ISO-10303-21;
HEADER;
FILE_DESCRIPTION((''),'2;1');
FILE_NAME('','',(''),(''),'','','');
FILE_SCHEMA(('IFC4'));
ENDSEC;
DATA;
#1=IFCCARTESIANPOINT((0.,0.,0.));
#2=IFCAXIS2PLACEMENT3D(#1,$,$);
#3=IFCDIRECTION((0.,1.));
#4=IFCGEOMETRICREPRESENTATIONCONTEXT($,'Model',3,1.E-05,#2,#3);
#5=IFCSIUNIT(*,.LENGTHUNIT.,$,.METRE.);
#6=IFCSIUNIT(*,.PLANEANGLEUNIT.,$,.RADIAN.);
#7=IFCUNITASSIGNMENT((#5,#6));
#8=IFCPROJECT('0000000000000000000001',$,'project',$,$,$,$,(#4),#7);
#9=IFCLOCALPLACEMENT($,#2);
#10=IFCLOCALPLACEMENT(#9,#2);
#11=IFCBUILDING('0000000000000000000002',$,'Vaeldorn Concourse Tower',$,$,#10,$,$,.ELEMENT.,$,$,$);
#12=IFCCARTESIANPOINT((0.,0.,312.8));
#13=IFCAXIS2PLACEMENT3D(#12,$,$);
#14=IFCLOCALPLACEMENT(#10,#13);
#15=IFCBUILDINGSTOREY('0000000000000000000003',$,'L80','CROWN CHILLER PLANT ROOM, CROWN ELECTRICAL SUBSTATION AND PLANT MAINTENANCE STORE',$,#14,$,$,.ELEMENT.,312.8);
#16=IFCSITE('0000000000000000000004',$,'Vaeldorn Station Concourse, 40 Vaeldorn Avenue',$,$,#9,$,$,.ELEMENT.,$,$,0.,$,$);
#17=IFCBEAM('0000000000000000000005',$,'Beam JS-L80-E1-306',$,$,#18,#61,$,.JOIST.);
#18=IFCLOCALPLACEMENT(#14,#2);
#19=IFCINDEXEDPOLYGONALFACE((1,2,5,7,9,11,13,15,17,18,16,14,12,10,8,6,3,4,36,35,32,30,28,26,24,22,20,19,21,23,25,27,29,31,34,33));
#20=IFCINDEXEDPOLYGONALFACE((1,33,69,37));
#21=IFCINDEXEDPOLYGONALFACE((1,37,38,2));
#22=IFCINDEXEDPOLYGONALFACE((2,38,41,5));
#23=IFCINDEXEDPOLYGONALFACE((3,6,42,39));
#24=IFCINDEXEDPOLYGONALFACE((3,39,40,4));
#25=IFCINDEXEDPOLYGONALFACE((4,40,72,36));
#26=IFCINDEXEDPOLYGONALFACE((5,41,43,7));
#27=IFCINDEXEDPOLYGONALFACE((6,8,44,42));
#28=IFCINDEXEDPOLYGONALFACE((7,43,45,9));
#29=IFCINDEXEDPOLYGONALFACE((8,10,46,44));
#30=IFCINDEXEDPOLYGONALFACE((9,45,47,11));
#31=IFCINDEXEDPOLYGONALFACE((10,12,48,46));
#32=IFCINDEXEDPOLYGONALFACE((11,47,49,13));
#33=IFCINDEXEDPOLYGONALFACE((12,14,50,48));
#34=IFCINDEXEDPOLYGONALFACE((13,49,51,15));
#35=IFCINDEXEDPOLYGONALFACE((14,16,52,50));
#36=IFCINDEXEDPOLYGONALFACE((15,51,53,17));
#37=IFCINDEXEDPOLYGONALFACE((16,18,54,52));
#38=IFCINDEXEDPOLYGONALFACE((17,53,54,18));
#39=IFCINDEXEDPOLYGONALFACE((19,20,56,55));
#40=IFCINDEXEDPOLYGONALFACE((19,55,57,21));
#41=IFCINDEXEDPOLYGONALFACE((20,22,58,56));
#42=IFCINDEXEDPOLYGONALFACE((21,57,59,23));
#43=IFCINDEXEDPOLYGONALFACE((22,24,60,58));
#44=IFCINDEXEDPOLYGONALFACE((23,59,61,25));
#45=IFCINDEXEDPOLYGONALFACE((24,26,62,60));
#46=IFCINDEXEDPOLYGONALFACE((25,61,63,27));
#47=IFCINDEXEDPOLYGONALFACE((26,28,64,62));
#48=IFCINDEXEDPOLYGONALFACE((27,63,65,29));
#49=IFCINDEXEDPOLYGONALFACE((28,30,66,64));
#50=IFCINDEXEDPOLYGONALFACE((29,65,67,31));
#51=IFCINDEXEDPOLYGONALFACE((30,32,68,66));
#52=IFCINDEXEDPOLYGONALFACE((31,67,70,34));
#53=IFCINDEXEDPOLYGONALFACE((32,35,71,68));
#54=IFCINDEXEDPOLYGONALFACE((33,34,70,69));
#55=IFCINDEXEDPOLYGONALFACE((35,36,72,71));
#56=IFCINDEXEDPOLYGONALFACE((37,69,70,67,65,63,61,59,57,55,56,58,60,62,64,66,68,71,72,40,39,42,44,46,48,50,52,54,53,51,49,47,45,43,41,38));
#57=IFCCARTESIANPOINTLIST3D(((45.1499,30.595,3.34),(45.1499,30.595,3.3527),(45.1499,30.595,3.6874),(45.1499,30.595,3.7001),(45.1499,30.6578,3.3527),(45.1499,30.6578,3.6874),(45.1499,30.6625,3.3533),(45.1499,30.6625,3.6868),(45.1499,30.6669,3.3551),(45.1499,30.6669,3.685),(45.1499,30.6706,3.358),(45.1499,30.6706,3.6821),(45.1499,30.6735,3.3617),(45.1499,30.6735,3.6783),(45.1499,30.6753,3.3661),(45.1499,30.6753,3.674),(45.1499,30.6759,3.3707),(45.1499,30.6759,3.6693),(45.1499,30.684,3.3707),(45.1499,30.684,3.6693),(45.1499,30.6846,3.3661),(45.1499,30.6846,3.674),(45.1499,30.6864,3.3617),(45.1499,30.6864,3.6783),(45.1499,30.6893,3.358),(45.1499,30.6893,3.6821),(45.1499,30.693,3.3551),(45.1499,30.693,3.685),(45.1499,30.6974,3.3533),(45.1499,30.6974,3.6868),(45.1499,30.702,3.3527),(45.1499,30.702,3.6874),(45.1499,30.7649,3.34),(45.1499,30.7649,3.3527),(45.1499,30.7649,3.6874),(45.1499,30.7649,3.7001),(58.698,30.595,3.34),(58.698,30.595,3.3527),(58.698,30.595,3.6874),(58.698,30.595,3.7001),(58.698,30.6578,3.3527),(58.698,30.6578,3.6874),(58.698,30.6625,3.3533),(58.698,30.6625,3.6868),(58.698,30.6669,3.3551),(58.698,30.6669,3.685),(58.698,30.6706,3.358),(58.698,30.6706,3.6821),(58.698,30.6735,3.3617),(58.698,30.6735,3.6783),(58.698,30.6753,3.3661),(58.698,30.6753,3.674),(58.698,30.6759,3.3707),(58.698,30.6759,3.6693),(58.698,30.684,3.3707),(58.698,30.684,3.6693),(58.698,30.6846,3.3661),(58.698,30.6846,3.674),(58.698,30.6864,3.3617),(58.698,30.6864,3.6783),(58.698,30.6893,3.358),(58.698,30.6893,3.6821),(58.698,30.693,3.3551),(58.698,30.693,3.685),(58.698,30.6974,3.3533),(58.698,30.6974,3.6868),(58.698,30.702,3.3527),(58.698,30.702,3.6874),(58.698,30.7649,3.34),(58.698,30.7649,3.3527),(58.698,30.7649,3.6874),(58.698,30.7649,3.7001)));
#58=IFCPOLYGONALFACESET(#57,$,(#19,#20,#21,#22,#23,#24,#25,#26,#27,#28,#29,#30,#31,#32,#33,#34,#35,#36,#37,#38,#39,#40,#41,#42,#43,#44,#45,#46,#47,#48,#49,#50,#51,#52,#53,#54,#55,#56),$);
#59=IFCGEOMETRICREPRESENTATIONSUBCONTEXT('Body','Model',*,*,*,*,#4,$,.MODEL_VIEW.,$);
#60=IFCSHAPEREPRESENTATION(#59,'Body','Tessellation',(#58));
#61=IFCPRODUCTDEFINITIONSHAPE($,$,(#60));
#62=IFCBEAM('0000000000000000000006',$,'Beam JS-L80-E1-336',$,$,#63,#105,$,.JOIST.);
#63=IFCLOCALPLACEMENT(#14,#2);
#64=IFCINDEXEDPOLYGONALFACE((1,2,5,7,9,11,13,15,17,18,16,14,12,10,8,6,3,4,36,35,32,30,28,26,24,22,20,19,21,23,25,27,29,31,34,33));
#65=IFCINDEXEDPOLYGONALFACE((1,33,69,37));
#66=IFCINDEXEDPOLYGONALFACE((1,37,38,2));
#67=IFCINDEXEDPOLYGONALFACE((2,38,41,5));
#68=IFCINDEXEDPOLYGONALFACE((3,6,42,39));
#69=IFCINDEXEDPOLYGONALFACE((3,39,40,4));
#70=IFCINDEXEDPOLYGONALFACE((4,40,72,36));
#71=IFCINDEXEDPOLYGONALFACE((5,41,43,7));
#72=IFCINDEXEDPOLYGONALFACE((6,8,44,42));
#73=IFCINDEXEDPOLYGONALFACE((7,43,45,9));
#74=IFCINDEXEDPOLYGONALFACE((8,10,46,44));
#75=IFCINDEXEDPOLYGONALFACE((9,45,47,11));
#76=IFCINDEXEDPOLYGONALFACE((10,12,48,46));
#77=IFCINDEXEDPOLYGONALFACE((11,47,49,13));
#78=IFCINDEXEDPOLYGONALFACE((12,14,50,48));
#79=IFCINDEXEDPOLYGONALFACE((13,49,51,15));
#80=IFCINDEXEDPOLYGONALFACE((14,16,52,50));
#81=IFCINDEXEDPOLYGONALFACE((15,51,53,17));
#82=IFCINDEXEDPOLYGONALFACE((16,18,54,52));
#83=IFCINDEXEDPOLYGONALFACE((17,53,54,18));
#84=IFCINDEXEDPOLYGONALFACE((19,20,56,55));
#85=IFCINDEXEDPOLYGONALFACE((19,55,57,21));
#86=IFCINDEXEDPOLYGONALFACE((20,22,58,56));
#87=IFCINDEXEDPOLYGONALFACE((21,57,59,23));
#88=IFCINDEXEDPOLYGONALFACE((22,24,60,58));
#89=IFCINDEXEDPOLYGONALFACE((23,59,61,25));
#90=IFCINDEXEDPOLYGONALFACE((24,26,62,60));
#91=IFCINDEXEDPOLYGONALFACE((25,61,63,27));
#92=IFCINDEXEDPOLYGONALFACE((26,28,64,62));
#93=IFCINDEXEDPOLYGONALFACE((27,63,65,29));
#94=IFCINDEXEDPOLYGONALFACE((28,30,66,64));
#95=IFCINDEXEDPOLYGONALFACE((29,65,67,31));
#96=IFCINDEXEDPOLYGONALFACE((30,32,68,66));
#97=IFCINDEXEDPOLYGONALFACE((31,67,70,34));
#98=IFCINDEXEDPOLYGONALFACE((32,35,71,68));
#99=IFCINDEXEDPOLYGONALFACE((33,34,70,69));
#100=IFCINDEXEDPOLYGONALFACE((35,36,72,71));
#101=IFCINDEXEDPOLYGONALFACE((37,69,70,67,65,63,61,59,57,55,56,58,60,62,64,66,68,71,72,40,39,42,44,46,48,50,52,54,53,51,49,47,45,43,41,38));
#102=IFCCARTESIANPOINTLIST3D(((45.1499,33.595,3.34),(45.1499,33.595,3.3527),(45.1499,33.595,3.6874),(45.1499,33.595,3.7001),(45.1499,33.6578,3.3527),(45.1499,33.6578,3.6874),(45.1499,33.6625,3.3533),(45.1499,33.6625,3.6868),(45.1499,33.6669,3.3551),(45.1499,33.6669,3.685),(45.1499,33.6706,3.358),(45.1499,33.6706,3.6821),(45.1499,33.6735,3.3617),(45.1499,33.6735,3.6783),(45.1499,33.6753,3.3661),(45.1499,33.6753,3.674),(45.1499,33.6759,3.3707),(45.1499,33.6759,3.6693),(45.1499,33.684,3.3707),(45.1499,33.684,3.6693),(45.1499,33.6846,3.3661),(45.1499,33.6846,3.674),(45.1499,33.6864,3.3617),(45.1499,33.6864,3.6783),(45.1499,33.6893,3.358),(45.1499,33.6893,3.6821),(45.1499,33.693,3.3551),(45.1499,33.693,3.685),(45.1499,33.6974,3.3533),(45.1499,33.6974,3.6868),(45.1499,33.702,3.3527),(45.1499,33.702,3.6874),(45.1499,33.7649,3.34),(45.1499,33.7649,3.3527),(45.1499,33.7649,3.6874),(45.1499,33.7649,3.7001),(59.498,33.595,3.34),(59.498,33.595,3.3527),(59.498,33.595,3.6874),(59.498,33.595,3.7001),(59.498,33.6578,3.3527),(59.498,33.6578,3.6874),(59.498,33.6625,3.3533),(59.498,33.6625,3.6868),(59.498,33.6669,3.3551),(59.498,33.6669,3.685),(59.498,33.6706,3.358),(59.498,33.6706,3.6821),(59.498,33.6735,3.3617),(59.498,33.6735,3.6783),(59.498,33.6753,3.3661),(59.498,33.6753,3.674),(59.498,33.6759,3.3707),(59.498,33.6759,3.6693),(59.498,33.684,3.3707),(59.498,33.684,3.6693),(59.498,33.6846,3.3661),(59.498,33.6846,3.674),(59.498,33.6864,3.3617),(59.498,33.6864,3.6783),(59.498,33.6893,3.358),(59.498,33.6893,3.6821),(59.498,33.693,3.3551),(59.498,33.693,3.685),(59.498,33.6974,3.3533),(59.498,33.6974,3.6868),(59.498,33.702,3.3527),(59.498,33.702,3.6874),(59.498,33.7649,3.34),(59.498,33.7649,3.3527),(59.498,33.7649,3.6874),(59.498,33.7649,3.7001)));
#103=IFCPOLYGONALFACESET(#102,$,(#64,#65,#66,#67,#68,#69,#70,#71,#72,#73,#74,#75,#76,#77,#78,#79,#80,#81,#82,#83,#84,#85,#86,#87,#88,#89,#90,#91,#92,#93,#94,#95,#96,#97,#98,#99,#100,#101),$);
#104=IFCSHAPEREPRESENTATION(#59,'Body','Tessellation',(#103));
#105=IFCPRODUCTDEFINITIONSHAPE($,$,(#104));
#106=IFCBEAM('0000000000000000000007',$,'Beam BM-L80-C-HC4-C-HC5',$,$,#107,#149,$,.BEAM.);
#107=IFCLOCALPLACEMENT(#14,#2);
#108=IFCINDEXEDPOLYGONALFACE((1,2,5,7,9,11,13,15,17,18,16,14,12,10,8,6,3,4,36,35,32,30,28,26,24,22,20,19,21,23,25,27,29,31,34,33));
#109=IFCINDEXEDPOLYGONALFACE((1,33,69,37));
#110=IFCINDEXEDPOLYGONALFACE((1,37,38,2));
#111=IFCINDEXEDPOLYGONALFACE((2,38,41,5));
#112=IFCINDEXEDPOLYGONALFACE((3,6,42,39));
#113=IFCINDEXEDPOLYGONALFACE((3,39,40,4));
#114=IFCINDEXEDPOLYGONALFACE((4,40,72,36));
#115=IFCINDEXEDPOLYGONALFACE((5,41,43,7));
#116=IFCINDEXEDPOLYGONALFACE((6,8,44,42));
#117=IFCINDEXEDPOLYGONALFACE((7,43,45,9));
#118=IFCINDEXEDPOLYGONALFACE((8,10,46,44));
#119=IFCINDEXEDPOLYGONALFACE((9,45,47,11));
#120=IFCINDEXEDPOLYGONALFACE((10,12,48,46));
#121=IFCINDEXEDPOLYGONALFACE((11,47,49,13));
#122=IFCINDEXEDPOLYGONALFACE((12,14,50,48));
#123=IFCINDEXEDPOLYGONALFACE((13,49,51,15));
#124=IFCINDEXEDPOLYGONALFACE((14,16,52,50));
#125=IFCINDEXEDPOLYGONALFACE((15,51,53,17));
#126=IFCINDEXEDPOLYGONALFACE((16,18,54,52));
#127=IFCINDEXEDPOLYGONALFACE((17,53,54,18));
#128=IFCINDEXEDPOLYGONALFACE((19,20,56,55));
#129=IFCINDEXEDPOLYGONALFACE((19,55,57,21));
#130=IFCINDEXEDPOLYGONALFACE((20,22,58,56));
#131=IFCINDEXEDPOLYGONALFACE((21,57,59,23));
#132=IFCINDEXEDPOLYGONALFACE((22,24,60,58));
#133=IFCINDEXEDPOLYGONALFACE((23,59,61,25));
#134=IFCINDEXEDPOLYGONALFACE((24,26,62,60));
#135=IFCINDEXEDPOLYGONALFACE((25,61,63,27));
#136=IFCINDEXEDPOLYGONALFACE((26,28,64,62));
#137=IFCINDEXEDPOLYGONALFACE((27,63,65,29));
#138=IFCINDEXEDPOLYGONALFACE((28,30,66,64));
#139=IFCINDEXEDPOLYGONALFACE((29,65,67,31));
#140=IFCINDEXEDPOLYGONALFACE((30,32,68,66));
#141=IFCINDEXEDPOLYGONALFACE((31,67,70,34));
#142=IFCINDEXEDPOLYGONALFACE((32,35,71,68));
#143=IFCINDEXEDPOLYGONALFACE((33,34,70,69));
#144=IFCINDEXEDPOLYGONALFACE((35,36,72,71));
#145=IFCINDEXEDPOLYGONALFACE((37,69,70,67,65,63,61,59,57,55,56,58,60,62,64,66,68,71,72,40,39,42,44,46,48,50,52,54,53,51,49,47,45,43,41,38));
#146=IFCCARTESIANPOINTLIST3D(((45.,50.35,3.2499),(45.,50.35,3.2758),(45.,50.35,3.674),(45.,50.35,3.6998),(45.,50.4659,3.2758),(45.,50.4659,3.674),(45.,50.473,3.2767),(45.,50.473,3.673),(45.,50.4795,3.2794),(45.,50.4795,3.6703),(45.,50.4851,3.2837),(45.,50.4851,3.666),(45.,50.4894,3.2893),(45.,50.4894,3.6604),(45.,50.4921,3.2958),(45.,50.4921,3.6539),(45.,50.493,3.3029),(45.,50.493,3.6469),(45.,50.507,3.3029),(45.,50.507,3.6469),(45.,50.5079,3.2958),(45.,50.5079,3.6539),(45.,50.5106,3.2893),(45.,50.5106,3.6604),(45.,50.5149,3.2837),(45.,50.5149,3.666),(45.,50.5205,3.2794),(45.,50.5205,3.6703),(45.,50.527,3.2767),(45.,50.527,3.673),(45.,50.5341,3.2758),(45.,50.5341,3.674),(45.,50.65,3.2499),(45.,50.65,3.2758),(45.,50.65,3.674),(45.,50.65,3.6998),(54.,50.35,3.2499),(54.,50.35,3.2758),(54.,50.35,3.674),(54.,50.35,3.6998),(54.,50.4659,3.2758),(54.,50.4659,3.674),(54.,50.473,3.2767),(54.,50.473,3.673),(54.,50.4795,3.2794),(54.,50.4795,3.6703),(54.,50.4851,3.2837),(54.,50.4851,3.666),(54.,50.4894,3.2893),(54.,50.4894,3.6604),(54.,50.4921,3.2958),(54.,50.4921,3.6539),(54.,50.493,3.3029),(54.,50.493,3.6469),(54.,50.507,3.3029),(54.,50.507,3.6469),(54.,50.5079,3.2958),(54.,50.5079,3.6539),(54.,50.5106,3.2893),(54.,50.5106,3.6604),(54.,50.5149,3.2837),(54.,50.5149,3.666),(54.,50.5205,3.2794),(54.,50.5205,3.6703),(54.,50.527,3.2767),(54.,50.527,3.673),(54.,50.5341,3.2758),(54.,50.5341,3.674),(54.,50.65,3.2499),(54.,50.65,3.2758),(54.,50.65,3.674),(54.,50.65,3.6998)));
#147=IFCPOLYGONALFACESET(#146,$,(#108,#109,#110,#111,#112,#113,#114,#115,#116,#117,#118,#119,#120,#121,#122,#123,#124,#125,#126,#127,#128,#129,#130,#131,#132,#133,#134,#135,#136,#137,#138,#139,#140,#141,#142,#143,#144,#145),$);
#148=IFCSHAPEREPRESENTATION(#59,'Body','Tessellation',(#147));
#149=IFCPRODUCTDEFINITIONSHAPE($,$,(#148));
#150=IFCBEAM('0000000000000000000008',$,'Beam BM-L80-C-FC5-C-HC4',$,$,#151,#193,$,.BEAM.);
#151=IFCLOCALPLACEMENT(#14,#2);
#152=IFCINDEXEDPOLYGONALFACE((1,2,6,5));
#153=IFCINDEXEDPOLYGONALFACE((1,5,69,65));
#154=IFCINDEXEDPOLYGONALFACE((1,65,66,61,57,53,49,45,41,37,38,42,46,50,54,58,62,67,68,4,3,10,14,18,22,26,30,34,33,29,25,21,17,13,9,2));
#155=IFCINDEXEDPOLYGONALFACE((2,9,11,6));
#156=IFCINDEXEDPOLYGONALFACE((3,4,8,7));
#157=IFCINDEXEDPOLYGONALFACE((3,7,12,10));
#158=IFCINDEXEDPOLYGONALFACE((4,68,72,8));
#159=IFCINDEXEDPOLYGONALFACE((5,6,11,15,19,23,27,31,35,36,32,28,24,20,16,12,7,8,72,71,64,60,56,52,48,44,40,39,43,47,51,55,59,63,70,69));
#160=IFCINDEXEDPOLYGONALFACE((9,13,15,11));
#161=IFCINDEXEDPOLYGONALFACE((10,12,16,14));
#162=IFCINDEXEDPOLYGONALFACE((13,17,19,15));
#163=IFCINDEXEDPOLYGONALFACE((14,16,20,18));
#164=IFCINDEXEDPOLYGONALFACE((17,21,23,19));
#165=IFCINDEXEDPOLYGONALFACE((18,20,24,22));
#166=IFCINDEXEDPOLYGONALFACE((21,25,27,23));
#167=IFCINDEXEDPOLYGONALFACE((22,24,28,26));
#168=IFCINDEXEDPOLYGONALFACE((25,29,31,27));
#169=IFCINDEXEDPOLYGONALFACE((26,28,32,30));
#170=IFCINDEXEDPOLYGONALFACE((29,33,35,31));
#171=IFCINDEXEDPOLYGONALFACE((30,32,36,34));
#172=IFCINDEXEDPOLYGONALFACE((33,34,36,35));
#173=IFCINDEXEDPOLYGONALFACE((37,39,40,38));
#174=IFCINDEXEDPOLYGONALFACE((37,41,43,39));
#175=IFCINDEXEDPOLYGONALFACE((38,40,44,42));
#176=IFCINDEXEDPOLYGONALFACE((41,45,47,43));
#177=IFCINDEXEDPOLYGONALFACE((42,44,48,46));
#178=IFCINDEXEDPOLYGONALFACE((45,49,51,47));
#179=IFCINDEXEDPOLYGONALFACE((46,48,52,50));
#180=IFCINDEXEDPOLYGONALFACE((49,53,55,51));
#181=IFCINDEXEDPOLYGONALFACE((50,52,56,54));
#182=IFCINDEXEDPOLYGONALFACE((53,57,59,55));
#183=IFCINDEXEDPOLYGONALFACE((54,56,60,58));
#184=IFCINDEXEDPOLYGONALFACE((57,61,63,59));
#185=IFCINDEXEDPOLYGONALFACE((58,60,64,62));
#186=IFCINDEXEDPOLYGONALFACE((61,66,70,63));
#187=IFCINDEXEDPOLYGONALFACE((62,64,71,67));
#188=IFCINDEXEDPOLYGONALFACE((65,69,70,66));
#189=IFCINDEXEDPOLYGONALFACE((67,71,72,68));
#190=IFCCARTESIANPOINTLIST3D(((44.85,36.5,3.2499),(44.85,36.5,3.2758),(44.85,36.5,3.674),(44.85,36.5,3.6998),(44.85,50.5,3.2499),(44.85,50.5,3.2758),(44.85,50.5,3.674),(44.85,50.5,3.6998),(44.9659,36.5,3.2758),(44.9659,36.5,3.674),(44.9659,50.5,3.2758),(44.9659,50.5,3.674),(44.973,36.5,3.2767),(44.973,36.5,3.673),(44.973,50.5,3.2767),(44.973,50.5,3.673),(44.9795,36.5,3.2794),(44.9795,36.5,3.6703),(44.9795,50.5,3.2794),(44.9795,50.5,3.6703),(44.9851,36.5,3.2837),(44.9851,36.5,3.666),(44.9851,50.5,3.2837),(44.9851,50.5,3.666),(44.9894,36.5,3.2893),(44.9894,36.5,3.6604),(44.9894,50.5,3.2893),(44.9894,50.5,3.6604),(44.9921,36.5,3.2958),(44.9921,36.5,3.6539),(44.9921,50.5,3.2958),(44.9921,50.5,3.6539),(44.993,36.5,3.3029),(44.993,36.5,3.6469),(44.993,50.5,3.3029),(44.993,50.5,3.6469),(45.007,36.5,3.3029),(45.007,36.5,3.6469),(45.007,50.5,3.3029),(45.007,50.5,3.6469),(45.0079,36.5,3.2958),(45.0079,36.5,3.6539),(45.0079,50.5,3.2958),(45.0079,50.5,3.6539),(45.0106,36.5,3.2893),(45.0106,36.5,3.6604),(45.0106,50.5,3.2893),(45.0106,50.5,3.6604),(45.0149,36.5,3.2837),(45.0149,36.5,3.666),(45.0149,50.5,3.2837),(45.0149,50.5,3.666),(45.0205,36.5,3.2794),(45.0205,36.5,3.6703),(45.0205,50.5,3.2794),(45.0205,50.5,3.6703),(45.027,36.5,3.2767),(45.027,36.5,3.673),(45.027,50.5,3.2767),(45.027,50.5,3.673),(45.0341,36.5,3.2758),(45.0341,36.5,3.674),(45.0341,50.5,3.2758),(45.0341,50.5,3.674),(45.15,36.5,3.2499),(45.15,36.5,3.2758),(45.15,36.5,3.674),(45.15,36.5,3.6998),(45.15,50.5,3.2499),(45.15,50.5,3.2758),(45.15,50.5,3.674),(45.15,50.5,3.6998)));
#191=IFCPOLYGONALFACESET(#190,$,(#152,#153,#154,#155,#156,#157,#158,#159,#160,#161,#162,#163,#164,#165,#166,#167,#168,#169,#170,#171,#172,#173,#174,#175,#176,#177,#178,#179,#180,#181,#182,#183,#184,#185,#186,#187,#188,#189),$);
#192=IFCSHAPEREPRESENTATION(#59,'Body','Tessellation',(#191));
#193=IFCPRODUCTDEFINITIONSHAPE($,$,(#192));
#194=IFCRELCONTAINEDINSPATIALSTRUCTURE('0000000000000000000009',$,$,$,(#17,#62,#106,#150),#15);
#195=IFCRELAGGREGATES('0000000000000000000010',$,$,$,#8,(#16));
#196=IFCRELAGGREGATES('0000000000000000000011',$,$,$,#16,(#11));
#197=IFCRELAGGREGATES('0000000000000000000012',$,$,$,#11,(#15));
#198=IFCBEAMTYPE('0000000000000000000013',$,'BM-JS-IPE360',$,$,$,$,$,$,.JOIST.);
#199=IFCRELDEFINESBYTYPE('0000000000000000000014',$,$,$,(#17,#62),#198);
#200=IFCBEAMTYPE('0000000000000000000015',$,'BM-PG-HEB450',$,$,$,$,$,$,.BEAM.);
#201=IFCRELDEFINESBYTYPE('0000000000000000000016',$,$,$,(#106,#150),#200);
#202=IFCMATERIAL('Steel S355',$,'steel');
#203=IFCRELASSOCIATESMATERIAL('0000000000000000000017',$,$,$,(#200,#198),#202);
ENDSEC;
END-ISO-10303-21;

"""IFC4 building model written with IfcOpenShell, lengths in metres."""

from ifc_helpers import new_model, si_unit, direction, frame, origin, origin_2d, place, context, subcontext, project, spatial, i_section, extrude, source, transform, mapped, material, material_profile, profile_set, type_object, element, save


model = new_model("IFC4")

# Units and contexts
model_context = context("Model", 3, precision=1e-05, world=origin(), true_north=direction((0.0, 1.0)))
body_context = subcontext(model_context, "Body", "Model", "MODEL_VIEW")
ifc_project = project(units=[si_unit("LENGTHUNIT", "METRE"), si_unit("PLANEANGLEUNIT", "RADIAN")], contexts=[model_context])

# Site, building, storey
site_placement = place(None, origin())
site = spatial("IfcSite", under=ifc_project, at=site_placement, Name="Vaeldorn Station Concourse, 40 Vaeldorn Avenue", CompositionType="ELEMENT", RefElevation=0.0)
building_placement = place(site_placement, origin())
building = spatial("IfcBuilding", under=site, at=building_placement, Name="Vaeldorn Concourse Tower", CompositionType="ELEMENT")
storey_placement = place(building_placement, frame((0.0, 0.0, 312.8)))
storey = spatial("IfcBuildingStorey", under=building, at=storey_placement, Name="L80", Description="CROWN CHILLER PLANT ROOM, CROWN ELECTRICAL SUBSTATION AND PLANT MAINTENANCE STORE", CompositionType="ELEMENT", Elevation=312.8)

# Shared definitions
ifc_material_1 = material(Name="Steel S355", Category="steel")

# Beams
ifc_material_profile_1 = material_profile(ifc_material_1, i_section(OverallWidth=0.3, OverallDepth=0.45, WebThickness=0.0139, FlangeThickness=0.0259, FilletRadius=0.0271, at=origin_2d()), Name="HEB 450")
ifc_profile_set_1 = profile_set([ifc_material_profile_1], Name="Steel S355")
beam_type_1 = type_object("IfcBeamType", Name="BM-PG-HEB450", PredefinedType="BEAM", material=ifc_profile_set_1)
ifc_material_profile_2 = material_profile(ifc_material_1, i_section(OverallWidth=0.1699, OverallDepth=0.3601, WebThickness=0.0081, FlangeThickness=0.0127, FilletRadius=0.0181, at=origin_2d()), Name="IPE 360")
ifc_profile_set_2 = profile_set([ifc_material_profile_2], Name="Steel S355")
beam_type_2 = type_object("IfcBeamType", Name="BM-JS-IPE360", PredefinedType="JOIST", material=ifc_profile_set_2)
shared_shape_1 = source(origin(), body_context, "Body", "SweptSolid", [
    extrude(i_section(OverallWidth=0.1699, OverallDepth=0.3601, WebThickness=0.0081, FlangeThickness=0.0127, FilletRadius=0.0181, at=origin_2d()), origin(), (0.0, 0.0, 1.0), 13.5481),
])
beam_1_placement = place(storey_placement, frame((45.1499, 30.6799, 3.52), z_axis=(1.0, 0.0, 0.0), x_axis=(0.0, 1.0, 0.0)))
element("IfcBeam", 1, at=beam_1_placement, inside=storey, type_object=beam_type_2, Name="Beam JS-L80-E1-306", PredefinedType="JOIST", context=body_context, shape_type="MappedRepresentation", body=[
    mapped(shared_shape_1, transform((0.0, 0.0, 0.0), scale=1.0)),
])
shared_shape_2 = source(origin(), body_context, "Body", "SweptSolid", [
    extrude(i_section(OverallWidth=0.1699, OverallDepth=0.3601, WebThickness=0.0081, FlangeThickness=0.0127, FilletRadius=0.0181, at=origin_2d()), origin(), (0.0, 0.0, 1.0), 14.3481),
])
beam_2_placement = place(storey_placement, frame((45.1499, 33.6799, 3.52), z_axis=(1.0, 0.0, 0.0), x_axis=(0.0, 1.0, 0.0)))
element("IfcBeam", 2, at=beam_2_placement, inside=storey, type_object=beam_type_2, Name="Beam JS-L80-E1-336", PredefinedType="JOIST", context=body_context, shape_type="MappedRepresentation", body=[
    mapped(shared_shape_2, transform((0.0, 0.0, 0.0), scale=1.0)),
])
shared_shape_3 = source(origin(), body_context, "Body", "SweptSolid", [
    extrude(i_section(OverallWidth=0.3, OverallDepth=0.45, WebThickness=0.0139, FlangeThickness=0.0259, FilletRadius=0.0271, at=origin_2d()), origin(), (0.0, 0.0, 1.0), 9.0),
])
beam_3_placement = place(storey_placement, frame((45.0, 50.5, 3.4749), z_axis=(1.0, 0.0, 0.0), x_axis=(0.0, 1.0, 0.0)))
element("IfcBeam", 3, at=beam_3_placement, inside=storey, type_object=beam_type_1, Name="Beam BM-L80-C-HC4-C-HC5", PredefinedType="BEAM", context=body_context, shape_type="MappedRepresentation", body=[
    mapped(shared_shape_3, transform((0.0, 0.0, 0.0), scale=1.0)),
])
shared_shape_4 = source(origin(), body_context, "Body", "SweptSolid", [
    extrude(i_section(OverallWidth=0.3, OverallDepth=0.45, WebThickness=0.0139, FlangeThickness=0.0259, FilletRadius=0.0271, at=origin_2d()), origin(), (0.0, 0.0, 1.0), 14.0),
])
beam_4_placement = place(storey_placement, frame((45.0, 36.5, 3.4749), z_axis=(0.0, 1.0, 0.0), x_axis=(-1.0, 0.0, 0.0)))
element("IfcBeam", 4, at=beam_4_placement, inside=storey, type_object=beam_type_1, Name="Beam BM-L80-C-FC5-C-HC4", PredefinedType="BEAM", context=body_context, shape_type="MappedRepresentation", body=[
    mapped(shared_shape_4, transform((0.0, 0.0, 0.0), scale=1.0)),
])

save(model, "model.ifc")
